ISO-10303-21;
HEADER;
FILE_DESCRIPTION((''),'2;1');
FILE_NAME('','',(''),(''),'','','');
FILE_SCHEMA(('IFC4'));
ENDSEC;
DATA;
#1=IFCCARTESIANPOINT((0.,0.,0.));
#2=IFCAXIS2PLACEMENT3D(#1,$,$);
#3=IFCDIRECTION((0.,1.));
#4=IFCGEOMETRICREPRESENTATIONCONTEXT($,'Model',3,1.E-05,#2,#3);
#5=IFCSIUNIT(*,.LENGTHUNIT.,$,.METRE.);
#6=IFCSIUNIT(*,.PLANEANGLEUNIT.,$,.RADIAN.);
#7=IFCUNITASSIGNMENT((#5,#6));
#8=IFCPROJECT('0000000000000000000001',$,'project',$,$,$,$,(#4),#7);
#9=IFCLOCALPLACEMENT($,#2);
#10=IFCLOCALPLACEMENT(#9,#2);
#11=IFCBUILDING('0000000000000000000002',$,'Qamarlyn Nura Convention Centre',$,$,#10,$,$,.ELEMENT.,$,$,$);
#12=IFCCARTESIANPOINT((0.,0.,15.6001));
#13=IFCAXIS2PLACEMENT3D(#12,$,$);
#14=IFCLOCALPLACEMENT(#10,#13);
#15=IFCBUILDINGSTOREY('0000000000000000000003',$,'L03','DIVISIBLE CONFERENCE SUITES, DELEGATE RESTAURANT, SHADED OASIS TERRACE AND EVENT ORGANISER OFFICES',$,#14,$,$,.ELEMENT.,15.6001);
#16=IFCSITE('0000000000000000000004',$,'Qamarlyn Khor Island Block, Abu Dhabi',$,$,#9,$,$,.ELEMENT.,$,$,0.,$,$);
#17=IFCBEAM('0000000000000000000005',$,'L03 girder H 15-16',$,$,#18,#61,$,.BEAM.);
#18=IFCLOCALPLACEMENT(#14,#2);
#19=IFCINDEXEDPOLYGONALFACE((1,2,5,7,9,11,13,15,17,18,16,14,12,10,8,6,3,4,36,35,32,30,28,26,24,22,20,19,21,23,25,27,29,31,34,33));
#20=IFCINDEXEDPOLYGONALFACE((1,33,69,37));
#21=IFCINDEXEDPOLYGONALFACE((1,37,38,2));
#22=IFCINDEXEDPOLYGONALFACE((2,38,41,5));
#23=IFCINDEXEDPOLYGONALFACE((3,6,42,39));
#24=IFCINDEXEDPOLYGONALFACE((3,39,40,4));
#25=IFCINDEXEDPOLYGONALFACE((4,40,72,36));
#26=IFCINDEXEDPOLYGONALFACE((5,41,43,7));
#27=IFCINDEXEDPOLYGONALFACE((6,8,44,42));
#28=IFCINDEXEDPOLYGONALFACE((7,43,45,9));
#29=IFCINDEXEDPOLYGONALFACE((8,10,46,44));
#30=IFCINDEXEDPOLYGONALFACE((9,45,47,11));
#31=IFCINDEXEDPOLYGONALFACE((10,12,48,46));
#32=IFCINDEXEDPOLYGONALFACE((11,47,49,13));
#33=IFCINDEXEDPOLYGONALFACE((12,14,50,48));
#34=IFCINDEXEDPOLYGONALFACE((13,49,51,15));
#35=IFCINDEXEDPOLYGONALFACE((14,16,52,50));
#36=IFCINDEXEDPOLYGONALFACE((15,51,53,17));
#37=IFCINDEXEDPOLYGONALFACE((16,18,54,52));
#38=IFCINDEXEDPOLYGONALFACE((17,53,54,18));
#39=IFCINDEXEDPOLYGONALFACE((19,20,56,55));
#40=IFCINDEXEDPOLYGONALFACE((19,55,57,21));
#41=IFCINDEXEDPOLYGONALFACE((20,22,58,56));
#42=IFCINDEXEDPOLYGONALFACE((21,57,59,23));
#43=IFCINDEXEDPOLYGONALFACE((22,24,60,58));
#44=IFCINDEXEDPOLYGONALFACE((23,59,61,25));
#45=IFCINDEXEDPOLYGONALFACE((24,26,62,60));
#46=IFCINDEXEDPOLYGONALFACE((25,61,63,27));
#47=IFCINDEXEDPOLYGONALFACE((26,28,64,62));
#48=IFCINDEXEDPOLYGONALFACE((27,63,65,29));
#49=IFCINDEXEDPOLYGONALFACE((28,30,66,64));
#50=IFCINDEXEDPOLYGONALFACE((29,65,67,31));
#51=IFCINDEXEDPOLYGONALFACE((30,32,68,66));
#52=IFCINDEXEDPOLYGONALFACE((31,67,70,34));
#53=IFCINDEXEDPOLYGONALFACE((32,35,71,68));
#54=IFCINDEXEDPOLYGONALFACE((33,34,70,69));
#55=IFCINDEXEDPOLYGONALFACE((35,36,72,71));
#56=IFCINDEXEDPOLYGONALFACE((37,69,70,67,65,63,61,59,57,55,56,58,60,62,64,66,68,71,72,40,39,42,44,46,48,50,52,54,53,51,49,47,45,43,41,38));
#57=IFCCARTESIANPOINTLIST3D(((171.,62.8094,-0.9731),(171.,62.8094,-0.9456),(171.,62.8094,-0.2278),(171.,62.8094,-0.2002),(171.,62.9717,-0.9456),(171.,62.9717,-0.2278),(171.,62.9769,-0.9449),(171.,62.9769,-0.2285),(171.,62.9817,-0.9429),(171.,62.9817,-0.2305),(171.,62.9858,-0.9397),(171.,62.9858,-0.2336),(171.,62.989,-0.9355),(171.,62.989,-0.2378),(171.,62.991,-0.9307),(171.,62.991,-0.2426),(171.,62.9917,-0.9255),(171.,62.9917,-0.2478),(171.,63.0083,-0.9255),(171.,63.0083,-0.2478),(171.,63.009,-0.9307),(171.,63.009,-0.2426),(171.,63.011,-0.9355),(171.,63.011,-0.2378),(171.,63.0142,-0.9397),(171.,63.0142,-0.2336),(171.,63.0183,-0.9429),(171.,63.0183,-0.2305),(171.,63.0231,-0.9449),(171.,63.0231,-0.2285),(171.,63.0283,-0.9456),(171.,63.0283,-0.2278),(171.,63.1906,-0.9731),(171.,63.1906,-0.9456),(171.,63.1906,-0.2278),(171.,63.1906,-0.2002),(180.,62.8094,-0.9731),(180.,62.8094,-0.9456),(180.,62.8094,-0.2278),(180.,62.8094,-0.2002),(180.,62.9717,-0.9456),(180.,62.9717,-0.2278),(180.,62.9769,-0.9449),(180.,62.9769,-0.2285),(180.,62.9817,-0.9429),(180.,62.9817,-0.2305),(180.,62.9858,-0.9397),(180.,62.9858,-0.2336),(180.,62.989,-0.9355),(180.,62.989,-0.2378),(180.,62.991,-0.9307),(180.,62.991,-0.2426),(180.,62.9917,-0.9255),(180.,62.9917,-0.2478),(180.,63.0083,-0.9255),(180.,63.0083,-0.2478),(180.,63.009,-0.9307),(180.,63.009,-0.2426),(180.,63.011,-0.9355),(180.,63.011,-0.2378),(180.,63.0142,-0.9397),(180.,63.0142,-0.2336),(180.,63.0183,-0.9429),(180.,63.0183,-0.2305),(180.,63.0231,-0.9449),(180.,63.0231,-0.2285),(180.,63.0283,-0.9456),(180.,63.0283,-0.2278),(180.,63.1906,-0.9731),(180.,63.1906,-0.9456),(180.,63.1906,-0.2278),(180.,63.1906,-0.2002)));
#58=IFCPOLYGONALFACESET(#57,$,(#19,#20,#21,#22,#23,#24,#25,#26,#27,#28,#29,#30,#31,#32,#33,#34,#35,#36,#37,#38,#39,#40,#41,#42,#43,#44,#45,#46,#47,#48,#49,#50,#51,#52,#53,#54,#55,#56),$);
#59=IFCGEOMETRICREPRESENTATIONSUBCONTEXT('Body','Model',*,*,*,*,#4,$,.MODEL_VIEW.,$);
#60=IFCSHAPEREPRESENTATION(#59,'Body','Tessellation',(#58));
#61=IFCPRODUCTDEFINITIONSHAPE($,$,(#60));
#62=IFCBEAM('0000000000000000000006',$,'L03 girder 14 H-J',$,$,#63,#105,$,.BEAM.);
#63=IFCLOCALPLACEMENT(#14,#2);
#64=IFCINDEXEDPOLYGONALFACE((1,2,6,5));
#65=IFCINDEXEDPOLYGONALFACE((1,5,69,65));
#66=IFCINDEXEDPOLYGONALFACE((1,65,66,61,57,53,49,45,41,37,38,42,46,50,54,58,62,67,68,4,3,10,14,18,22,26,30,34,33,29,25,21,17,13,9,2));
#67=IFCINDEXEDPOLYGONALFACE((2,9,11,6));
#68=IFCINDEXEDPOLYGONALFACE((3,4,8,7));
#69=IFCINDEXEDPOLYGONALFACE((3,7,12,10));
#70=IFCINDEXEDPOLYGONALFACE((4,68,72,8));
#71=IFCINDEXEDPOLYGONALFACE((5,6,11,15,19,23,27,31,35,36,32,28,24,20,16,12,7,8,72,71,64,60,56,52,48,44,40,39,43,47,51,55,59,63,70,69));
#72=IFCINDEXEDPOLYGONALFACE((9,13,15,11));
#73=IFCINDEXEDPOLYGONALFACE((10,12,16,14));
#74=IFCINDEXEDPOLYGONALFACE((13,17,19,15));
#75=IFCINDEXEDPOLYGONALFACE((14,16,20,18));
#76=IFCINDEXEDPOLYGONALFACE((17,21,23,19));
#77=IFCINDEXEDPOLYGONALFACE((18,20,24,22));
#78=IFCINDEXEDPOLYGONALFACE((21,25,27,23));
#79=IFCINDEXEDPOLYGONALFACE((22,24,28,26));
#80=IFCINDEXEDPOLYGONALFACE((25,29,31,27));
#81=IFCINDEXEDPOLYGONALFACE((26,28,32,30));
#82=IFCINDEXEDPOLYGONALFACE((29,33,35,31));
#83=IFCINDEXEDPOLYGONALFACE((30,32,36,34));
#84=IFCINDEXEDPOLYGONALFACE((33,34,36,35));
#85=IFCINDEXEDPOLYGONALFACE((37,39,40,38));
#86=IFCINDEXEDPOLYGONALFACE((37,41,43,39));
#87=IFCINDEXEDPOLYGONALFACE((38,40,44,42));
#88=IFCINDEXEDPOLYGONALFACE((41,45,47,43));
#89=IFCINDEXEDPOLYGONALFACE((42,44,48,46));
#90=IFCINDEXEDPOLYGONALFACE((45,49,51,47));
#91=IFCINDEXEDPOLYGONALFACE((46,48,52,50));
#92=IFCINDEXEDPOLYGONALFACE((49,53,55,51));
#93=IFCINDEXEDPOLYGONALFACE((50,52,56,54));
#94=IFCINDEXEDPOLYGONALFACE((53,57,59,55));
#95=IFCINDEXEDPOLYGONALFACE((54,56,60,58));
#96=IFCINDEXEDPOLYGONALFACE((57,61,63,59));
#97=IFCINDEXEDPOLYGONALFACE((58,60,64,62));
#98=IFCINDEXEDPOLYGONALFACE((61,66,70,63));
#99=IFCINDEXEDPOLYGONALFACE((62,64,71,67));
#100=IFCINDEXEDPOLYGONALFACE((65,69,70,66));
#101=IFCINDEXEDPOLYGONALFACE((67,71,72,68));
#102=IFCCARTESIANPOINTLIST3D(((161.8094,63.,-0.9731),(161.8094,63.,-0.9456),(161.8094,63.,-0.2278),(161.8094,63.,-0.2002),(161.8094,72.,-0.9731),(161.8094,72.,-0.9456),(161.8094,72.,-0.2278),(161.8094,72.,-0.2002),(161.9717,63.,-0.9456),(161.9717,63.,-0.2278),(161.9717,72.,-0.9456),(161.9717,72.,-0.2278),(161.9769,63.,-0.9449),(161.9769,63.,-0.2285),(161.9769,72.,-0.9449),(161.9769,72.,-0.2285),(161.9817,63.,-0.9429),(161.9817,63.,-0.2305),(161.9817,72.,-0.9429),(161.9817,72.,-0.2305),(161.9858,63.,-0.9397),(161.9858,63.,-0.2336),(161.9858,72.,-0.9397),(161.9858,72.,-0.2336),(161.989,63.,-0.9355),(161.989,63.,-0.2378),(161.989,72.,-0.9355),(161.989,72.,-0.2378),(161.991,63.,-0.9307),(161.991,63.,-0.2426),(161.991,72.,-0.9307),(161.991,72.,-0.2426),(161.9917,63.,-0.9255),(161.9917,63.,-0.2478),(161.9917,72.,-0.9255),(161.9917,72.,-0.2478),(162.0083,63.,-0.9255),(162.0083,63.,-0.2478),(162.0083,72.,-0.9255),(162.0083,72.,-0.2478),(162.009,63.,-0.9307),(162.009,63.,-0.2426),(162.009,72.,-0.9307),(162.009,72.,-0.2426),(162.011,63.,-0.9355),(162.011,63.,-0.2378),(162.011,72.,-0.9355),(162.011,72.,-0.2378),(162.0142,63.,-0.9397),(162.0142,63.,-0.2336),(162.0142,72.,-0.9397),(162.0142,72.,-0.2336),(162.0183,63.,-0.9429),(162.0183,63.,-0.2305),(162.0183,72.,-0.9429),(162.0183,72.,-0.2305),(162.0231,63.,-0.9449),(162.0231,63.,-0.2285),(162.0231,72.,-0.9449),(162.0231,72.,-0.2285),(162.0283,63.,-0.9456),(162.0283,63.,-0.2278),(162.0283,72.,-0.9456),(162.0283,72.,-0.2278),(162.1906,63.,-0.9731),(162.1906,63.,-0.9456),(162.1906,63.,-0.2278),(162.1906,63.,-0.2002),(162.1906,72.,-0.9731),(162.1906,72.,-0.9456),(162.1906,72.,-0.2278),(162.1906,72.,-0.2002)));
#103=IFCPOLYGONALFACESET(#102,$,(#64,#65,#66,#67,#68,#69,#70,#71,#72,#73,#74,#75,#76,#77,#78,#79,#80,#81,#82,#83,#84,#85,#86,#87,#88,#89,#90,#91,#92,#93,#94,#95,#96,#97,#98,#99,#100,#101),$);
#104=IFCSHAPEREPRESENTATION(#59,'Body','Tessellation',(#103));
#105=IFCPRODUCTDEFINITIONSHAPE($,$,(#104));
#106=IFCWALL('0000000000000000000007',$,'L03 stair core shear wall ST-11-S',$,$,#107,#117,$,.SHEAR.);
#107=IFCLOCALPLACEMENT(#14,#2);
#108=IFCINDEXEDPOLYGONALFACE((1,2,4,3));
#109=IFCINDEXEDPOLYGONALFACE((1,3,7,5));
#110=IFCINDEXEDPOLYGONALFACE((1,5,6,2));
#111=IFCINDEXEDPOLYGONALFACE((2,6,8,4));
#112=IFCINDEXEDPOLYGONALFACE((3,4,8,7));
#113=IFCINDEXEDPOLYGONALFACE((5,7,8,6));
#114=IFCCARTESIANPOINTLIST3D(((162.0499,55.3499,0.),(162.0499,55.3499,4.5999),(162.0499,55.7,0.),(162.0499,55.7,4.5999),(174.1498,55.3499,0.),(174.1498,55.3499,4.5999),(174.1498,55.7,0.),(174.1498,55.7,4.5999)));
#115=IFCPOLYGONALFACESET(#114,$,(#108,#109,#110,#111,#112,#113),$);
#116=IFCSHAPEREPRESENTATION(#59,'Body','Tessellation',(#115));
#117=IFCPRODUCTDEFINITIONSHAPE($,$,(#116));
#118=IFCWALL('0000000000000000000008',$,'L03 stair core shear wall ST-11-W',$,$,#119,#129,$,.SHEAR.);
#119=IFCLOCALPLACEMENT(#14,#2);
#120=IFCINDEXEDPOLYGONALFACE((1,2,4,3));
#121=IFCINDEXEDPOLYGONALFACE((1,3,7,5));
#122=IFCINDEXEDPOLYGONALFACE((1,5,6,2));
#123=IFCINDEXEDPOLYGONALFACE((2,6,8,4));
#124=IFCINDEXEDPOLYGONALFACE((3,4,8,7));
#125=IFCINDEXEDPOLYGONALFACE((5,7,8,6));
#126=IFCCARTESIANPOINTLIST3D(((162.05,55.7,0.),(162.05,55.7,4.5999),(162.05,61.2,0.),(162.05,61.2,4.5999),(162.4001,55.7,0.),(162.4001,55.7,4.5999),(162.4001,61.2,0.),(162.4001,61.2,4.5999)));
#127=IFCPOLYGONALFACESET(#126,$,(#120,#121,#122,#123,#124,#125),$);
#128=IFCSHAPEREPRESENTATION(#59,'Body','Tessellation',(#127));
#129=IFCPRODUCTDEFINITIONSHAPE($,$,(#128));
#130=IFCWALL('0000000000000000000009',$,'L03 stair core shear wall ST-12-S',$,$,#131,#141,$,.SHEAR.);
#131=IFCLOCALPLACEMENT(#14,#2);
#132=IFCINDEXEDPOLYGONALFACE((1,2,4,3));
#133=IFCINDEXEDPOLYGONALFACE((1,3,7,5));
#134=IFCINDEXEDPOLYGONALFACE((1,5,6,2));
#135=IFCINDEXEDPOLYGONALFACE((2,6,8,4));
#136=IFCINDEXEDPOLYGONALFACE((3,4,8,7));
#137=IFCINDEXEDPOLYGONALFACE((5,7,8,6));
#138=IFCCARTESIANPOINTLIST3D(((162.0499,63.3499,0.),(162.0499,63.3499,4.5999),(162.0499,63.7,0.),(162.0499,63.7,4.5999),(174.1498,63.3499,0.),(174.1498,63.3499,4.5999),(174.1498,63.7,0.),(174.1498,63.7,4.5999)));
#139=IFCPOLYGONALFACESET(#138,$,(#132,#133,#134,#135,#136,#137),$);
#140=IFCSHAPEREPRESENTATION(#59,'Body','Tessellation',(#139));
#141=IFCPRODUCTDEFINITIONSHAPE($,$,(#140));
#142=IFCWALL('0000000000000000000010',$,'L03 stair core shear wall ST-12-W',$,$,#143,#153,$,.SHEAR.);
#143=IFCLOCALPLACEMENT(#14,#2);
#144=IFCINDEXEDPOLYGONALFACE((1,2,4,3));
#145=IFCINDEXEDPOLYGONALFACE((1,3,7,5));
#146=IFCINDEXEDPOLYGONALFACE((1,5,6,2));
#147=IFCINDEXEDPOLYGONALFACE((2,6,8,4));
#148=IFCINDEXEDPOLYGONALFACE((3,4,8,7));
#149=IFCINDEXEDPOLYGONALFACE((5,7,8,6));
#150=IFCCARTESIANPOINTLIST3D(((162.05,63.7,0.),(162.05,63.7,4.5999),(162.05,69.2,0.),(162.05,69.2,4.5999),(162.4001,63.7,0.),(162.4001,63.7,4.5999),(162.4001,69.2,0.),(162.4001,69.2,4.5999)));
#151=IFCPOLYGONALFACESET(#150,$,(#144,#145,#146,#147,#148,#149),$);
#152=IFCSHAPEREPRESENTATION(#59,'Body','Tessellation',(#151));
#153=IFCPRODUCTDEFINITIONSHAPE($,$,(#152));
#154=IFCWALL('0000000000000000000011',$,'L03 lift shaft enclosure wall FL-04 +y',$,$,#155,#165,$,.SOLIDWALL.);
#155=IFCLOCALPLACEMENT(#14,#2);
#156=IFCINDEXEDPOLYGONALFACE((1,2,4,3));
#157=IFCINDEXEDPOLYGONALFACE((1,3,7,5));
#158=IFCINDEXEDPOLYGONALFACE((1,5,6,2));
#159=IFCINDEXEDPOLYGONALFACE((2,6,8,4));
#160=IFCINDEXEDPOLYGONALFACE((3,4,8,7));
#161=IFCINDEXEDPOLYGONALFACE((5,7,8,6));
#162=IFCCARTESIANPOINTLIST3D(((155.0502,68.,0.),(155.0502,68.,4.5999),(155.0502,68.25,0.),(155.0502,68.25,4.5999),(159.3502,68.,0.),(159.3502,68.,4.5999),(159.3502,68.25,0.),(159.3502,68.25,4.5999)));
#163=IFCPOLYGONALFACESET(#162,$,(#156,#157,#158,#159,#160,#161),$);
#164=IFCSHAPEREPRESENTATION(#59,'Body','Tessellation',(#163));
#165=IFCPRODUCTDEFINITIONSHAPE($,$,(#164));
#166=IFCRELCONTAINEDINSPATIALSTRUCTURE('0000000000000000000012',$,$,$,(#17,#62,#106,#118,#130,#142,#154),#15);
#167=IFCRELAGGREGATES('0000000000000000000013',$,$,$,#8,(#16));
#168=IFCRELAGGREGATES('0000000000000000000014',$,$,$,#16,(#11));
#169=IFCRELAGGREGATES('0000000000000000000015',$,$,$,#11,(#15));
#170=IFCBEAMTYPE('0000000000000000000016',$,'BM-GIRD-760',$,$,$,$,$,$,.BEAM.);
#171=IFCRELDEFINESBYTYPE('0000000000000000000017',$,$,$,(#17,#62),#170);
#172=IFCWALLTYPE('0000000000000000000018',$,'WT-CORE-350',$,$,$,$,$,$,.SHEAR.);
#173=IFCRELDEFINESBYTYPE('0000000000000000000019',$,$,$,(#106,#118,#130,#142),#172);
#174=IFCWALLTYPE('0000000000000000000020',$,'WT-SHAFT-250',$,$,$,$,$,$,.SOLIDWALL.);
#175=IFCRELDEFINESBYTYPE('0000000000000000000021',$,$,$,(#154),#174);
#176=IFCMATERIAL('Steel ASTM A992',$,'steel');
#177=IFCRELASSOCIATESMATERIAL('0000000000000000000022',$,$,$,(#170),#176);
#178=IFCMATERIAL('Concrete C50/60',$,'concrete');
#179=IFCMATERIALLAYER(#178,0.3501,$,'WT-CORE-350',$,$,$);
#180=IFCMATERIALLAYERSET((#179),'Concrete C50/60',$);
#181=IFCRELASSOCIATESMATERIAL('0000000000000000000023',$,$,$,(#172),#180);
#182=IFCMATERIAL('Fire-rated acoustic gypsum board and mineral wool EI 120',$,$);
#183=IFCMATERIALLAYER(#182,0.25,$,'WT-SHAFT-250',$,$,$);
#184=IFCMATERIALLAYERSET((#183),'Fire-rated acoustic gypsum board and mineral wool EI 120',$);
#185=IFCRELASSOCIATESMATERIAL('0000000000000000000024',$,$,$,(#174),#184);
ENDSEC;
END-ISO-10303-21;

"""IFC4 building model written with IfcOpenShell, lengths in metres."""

from ifc_helpers import new_model, si_unit, direction, frame, frame_2d, origin, origin_2d, place, context, subcontext, project, spatial, rectangle, i_section, extrude, material, layer, layer_set, material_profile, profile_set, type_object, element, save


model = new_model("IFC4")

# Units and contexts
model_context = context("Model", 3, precision=1e-05, world=origin(), true_north=direction((0.0, 1.0)))
body_context = subcontext(model_context, "Body", "Model", "MODEL_VIEW")
ifc_project = project(units=[si_unit("LENGTHUNIT", "METRE"), si_unit("PLANEANGLEUNIT", "RADIAN")], contexts=[model_context])

# Site, building, storey
site_placement = place(None, origin())
site = spatial("IfcSite", under=ifc_project, at=site_placement, Name="Qamarlyn Khor Island Block, Abu Dhabi", CompositionType="ELEMENT", RefElevation=0.0)
building_placement = place(site_placement, origin())
building = spatial("IfcBuilding", under=site, at=building_placement, Name="Qamarlyn Nura Convention Centre", CompositionType="ELEMENT")
storey_placement = place(building_placement, frame((0.0, 0.0, 15.6001)))
storey = spatial("IfcBuildingStorey", under=building, at=storey_placement, Name="L03", Description="DIVISIBLE CONFERENCE SUITES, DELEGATE RESTAURANT, SHADED OASIS TERRACE AND EVENT ORGANISER OFFICES", CompositionType="ELEMENT", Elevation=15.6001)

# Shared definitions
ifc_material_1 = material(Name="Steel ASTM A992", Category="steel")

# Beams
ifc_material_profile_1 = material_profile(ifc_material_1, i_section(OverallWidth=0.3811, OverallDepth=0.7729, WebThickness=0.0166, FlangeThickness=0.0276, FilletRadius=0.02, at=origin_2d()), Name="W760X257")
ifc_profile_set_1 = profile_set([ifc_material_profile_1], Name="Steel ASTM A992")
beam_type_1 = type_object("IfcBeamType", Name="BM-GIRD-760", PredefinedType="BEAM", material=ifc_profile_set_1)
for number, where, z_axis, x_axis, name in (
    (1, (171.0, 63.0, -0.5867), (1.0, 0.0, 0.0), (0.0, 1.0, 0.0), "L03 girder H 15-16"),
    (2, (162.0, 63.0, -0.5867), (0.0, 1.0, 0.0), (-1.0, 0.0, 0.0), "L03 girder 14 H-J"),
):
    element("IfcBeam", number, at=place(storey_placement, frame(where, z_axis=z_axis, x_axis=x_axis)), inside=storey, type_object=beam_type_1, Name=name, PredefinedType="BEAM", context=body_context, shape_type="SweptSolid", body=[
        extrude(i_section(OverallWidth=0.3811, OverallDepth=0.7729, WebThickness=0.0166, FlangeThickness=0.0276, FilletRadius=0.02, at=origin_2d()), origin(), (0.0, 0.0, 1.0), 9.0),
    ])

# Walls
ifc_material_2 = material(Name="Concrete C50/60", Category="concrete")
ifc_layer_1 = layer(ifc_material_2, 0.3501, Name="WT-CORE-350")
ifc_layer_set_1 = layer_set([ifc_layer_1], Name="Concrete C50/60")
wall_type_1 = type_object("IfcWallType", Name="WT-CORE-350", PredefinedType="SHEAR", material=ifc_layer_set_1)
wall_1_placement = place(storey_placement, frame((162.05, 55.5249, 0.0), z_axis=(0.0, 0.0, 1.0), x_axis=(1.0, 0.0, 0.0)))
element("IfcWall", 3, at=wall_1_placement, inside=storey, type_object=wall_type_1, Name="L03 stair core shear wall ST-11-S", PredefinedType="SHEAR", context=body_context, shape_type="SweptSolid", body=[
    extrude(rectangle(XDim=12.0999, YDim=0.3501, at=frame_2d((6.0498, 0.0))), origin(), (0.0, 0.0, 1.0), 4.5999),
])
wall_2_placement = place(storey_placement, frame((162.2251, 61.2, 0.0), z_axis=(0.0, 0.0, 1.0), x_axis=(0.0, -1.0, 0.0)))
element("IfcWall", 4, at=wall_2_placement, inside=storey, type_object=wall_type_1, Name="L03 stair core shear wall ST-11-W", PredefinedType="SHEAR", context=body_context, shape_type="SweptSolid", body=[
    extrude(rectangle(XDim=5.5, YDim=0.3501, at=frame_2d((2.75, 0.0))), origin(), (0.0, 0.0, 1.0), 4.5999),
])
wall_3_placement = place(storey_placement, frame((162.05, 63.5249, 0.0), z_axis=(0.0, 0.0, 1.0), x_axis=(1.0, 0.0, 0.0)))
element("IfcWall", 5, at=wall_3_placement, inside=storey, type_object=wall_type_1, Name="L03 stair core shear wall ST-12-S", PredefinedType="SHEAR", context=body_context, shape_type="SweptSolid", body=[
    extrude(rectangle(XDim=12.0999, YDim=0.3501, at=frame_2d((6.0498, 0.0))), origin(), (0.0, 0.0, 1.0), 4.5999),
])
wall_4_placement = place(storey_placement, frame((162.2251, 69.2, 0.0), z_axis=(0.0, 0.0, 1.0), x_axis=(0.0, -1.0, 0.0)))
element("IfcWall", 6, at=wall_4_placement, inside=storey, type_object=wall_type_1, Name="L03 stair core shear wall ST-12-W", PredefinedType="SHEAR", context=body_context, shape_type="SweptSolid", body=[
    extrude(rectangle(XDim=5.5, YDim=0.3501, at=frame_2d((2.75, 0.0))), origin(), (0.0, 0.0, 1.0), 4.5999),
])
ifc_material_3 = material(Name="Fire-rated acoustic gypsum board and mineral wool EI 120")
ifc_layer_2 = layer(ifc_material_3, 0.25, Name="WT-SHAFT-250")
ifc_layer_set_2 = layer_set([ifc_layer_2], Name="Fire-rated acoustic gypsum board and mineral wool EI 120")
wall_type_2 = type_object("IfcWallType", Name="WT-SHAFT-250", PredefinedType="SOLIDWALL", material=ifc_layer_set_2)
wall_5_placement = place(storey_placement, frame((159.3501, 68.125, 0.0), z_axis=(0.0, 0.0, 1.0), x_axis=(-1.0, 0.0, 0.0)))
element("IfcWall", 7, at=wall_5_placement, inside=storey, type_object=wall_type_2, Name="L03 lift shaft enclosure wall FL-04 +y", PredefinedType="SOLIDWALL", context=body_context, shape_type="SweptSolid", body=[
    extrude(rectangle(XDim=4.3, YDim=0.25, at=frame_2d((2.1499, 0.0))), origin(), (0.0, 0.0, 1.0), 4.5999),
])

save(model, "model.ifc")
